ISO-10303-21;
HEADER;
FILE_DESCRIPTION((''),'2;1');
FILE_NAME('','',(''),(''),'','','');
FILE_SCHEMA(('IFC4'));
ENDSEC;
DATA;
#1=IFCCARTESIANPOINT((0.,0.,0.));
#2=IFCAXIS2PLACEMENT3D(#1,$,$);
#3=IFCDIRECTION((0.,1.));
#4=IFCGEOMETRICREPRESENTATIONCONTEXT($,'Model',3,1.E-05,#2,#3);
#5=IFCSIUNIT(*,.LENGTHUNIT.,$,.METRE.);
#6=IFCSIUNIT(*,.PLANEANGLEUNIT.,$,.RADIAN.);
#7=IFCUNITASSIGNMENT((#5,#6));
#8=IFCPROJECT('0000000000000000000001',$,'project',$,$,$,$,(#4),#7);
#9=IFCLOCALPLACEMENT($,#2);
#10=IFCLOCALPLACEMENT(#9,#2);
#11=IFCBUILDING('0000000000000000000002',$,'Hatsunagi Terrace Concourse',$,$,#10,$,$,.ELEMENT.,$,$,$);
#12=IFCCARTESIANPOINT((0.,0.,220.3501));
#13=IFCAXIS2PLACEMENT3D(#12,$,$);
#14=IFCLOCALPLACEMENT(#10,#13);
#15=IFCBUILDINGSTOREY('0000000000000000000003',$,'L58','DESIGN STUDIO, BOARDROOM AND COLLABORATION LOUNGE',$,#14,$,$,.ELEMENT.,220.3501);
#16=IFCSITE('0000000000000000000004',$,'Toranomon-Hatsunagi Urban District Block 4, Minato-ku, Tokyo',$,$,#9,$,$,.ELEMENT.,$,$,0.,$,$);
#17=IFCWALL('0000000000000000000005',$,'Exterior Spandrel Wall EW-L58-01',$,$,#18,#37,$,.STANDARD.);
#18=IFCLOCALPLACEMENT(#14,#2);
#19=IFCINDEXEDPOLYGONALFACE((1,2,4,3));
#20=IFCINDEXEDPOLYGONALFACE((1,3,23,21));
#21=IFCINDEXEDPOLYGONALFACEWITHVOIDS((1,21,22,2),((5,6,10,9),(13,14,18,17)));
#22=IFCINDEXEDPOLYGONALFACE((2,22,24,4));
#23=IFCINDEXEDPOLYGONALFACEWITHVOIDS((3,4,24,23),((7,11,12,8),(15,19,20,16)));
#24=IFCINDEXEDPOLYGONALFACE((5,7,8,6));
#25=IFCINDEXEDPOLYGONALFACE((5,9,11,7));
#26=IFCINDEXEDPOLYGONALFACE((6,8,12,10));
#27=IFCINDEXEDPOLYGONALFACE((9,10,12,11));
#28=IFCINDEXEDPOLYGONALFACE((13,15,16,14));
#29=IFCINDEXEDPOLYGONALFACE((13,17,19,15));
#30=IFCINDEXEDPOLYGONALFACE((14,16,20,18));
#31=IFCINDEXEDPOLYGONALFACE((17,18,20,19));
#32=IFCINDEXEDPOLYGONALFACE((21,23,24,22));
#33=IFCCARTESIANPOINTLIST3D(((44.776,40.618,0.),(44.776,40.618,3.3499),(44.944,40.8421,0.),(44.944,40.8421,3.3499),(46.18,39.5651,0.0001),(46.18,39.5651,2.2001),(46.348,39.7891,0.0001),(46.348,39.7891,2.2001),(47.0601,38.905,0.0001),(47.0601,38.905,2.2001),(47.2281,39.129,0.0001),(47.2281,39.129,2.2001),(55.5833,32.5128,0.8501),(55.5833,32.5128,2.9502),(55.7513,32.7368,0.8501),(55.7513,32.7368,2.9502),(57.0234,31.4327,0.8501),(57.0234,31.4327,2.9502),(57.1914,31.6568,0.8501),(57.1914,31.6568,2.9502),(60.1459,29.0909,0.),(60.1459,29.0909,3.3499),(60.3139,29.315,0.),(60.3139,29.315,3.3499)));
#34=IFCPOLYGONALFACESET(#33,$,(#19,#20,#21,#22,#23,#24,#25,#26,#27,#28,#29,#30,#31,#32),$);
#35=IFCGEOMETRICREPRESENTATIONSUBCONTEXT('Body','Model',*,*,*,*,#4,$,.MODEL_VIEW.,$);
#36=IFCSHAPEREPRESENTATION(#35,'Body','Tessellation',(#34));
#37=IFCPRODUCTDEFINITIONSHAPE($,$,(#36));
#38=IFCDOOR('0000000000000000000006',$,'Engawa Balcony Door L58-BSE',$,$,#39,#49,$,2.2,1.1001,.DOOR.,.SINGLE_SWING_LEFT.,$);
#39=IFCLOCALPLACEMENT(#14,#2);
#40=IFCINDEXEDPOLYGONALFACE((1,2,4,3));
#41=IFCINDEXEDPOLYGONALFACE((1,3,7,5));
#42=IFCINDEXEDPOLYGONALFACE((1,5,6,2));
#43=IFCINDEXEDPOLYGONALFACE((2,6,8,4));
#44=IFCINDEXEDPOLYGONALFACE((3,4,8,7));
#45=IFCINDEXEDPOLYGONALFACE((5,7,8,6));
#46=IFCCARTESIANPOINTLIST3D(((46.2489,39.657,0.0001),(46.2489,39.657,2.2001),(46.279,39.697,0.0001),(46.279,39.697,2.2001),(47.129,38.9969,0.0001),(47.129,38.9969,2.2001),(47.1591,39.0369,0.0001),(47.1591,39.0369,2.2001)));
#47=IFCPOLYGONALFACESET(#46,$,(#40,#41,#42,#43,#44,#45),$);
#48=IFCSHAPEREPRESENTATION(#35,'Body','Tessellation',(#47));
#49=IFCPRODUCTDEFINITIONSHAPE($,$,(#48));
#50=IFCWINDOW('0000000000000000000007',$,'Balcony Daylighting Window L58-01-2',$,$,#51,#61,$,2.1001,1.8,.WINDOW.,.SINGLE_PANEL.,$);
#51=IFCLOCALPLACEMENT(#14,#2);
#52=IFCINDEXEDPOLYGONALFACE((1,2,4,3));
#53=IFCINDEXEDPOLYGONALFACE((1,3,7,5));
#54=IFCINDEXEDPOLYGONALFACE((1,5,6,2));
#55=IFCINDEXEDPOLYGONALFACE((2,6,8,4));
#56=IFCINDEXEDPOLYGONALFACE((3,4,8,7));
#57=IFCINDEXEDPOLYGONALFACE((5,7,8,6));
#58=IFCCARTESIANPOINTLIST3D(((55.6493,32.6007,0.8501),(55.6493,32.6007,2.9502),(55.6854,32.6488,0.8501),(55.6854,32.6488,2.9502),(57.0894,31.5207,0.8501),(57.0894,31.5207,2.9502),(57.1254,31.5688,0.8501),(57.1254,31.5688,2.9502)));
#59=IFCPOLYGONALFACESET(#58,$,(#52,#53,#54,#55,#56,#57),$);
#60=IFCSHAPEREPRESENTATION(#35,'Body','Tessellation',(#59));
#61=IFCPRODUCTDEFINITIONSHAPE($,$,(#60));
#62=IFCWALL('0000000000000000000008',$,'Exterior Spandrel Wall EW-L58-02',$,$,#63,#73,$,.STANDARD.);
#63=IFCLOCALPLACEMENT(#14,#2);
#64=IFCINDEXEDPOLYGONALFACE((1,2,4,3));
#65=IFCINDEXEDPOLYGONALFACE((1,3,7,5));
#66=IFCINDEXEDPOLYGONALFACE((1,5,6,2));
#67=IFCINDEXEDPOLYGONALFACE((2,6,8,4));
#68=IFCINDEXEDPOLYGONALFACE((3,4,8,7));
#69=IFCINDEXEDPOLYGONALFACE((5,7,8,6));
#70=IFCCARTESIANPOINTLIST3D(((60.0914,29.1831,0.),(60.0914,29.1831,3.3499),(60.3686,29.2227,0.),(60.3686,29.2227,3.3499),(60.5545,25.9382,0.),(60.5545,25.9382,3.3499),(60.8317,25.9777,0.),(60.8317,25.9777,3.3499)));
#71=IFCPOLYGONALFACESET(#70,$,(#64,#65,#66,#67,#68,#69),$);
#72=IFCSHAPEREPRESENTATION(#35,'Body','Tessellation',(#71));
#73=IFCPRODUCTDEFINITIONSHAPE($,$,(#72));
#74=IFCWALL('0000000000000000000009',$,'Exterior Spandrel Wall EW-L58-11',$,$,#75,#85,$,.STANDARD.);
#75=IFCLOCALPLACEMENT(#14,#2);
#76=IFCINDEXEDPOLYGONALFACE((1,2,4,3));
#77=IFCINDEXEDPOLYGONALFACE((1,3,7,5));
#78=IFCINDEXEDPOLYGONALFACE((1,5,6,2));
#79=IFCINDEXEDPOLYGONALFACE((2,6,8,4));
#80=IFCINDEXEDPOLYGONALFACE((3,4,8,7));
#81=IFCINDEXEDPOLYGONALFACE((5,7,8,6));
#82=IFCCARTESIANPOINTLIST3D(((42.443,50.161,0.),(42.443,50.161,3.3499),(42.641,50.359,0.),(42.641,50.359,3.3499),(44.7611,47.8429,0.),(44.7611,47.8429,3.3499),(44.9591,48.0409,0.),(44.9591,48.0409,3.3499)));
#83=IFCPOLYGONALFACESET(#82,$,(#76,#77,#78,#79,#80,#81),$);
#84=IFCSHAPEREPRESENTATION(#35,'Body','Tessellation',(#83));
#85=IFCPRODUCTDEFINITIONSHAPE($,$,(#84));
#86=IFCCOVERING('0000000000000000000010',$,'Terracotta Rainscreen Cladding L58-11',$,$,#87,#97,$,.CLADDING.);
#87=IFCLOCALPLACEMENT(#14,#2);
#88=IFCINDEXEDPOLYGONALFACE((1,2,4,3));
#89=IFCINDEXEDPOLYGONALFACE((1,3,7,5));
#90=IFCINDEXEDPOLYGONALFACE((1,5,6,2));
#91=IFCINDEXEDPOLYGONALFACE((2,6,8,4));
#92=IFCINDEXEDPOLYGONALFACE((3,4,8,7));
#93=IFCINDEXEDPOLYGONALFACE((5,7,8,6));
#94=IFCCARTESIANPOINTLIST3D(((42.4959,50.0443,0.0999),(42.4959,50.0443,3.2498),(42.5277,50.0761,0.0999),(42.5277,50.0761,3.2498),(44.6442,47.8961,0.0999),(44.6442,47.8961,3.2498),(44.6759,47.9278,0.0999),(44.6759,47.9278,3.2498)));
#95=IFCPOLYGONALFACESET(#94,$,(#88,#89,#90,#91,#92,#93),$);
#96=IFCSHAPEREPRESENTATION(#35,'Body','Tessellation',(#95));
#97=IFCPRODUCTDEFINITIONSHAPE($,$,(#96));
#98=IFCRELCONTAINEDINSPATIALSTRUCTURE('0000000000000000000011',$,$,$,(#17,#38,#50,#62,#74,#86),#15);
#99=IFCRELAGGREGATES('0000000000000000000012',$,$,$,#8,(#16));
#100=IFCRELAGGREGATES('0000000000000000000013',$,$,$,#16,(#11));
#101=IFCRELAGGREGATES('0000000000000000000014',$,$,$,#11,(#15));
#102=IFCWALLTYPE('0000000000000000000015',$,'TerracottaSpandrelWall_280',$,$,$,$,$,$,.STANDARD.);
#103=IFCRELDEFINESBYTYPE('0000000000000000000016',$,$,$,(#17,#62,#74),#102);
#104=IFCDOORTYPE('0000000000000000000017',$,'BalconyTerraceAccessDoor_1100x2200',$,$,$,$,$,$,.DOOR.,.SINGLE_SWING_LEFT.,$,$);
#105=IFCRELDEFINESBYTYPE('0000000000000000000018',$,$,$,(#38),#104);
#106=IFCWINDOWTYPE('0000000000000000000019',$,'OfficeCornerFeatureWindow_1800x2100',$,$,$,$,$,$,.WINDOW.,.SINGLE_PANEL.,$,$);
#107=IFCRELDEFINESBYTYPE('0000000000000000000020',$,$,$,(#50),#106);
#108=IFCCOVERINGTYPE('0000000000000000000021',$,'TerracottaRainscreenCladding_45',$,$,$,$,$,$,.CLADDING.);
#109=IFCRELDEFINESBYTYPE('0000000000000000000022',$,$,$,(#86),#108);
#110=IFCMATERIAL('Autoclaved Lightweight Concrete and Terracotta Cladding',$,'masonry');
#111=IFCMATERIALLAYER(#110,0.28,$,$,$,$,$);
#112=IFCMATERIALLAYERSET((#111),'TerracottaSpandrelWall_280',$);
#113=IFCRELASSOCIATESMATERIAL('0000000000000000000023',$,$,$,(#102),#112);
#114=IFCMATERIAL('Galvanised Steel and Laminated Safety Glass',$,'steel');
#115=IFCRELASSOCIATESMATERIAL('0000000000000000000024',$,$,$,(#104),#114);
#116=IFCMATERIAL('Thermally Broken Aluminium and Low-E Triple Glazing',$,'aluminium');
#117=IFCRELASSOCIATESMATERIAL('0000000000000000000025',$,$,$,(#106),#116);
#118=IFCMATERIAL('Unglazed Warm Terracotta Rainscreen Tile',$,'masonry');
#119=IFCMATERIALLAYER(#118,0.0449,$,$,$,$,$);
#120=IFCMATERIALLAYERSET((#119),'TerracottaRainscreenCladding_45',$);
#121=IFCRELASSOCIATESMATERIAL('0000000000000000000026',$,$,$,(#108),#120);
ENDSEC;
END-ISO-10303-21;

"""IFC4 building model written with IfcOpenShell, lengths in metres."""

from ifc_helpers import new_model, si_unit, direction, frame, frame_2d, origin, origin_2d, place, context, subcontext, project, spatial, rectangle, extrude, material, layer, layer_set, type_object, element, fill, save


model = new_model("IFC4")

# Units and contexts
model_context = context("Model", 3, precision=1e-05, world=origin(), true_north=direction((0.0, 1.0)))
body_context = subcontext(model_context, "Body", "Model", "MODEL_VIEW")
ifc_project = project(units=[si_unit("LENGTHUNIT", "METRE"), si_unit("PLANEANGLEUNIT", "RADIAN")], contexts=[model_context])

# Site, building, storey
site_placement = place(None, origin())
site = spatial("IfcSite", under=ifc_project, at=site_placement, Name="Toranomon-Hatsunagi Urban District Block 4, Minato-ku, Tokyo", CompositionType="ELEMENT", RefElevation=0.0)
building_placement = place(site_placement, origin())
building = spatial("IfcBuilding", under=site, at=building_placement, Name="Hatsunagi Terrace Concourse", CompositionType="ELEMENT")
storey_placement = place(building_placement, frame((0.0, 0.0, 220.3501)))
storey = spatial("IfcBuildingStorey", under=building, at=storey_placement, Name="L58", Description="DESIGN STUDIO, BOARDROOM AND COLLABORATION LOUNGE", CompositionType="ELEMENT", Elevation=220.3501)

# Wall, openings, door, window
ifc_material_1 = material(Name="Autoclaved Lightweight Concrete and Terracotta Cladding", Category="masonry")
ifc_layer_1 = layer(ifc_material_1, 0.28)
ifc_layer_set_1 = layer_set([ifc_layer_1], Name="TerracottaSpandrelWall_280")
wall_type_1 = type_object("IfcWallType", Name="TerracottaSpandrelWall_280", PredefinedType="STANDARD", material=ifc_layer_set_1)
wall_1_placement = place(storey_placement, frame((44.8601, 40.73, 0.0), z_axis=(0.0, 0.0, 1.0), x_axis=(0.800008, -0.59999, 0.0)))
wall_1 = element("IfcWall", 1, at=wall_1_placement, inside=storey, type_object=wall_type_1, Name="Exterior Spandrel Wall EW-L58-01", PredefinedType="STANDARD", context=body_context, shape_type="SweptSolid", body=[
    extrude(rectangle(XDim=19.2122, YDim=0.28, at=frame_2d((9.606, 0.0))), origin(), (0.0, 0.0, 1.0), 3.3499),
])
opening_1_placement = place(wall_1_placement, frame((1.7549, 0.0, 0.0)))
opening_1 = element("IfcOpeningElement", 2, at=opening_1_placement, cuts=wall_1, PredefinedType="OPENING", context=body_context, shape_type="SweptSolid", body=[
    extrude(rectangle(XDim=1.1001, YDim=2.2, at=frame_2d((0.55, 1.1001))), frame((0.0, 0.1499, 0.0), z_axis=(0.0, -1.0, 0.0), x_axis=(1.0, 0.0, 0.0)), (0.0, 0.0, 1.0), 0.3),
])
opening_2_placement = place(wall_1_placement, frame((13.509, 0.0, 0.8501)))
opening_2 = element("IfcOpeningElement", 3, at=opening_2_placement, cuts=wall_1, PredefinedType="OPENING", context=body_context, shape_type="SweptSolid", body=[
    extrude(rectangle(XDim=1.8, YDim=2.1001, at=frame_2d((0.8999, 1.05))), frame((0.0, 0.1499, 0.0), z_axis=(0.0, -1.0, 0.0), x_axis=(1.0, 0.0, 0.0)), (0.0, 0.0, 1.0), 0.3),
])
ifc_material_2 = material(Name="Galvanised Steel and Laminated Safety Glass", Category="steel")
door_type = type_object("IfcDoorType", Name="BalconyTerraceAccessDoor_1100x2200", OperationType="SINGLE_SWING_LEFT", PredefinedType="DOOR", material=ifc_material_2)
door_placement = place(opening_1_placement, origin())
door = element("IfcDoor", 4, at=door_placement, inside=storey, type_object=door_type, Name="Engawa Balcony Door L58-BSE", OperationType="SINGLE_SWING_LEFT", OverallHeight=2.2, OverallWidth=1.1001, PredefinedType="DOOR", context=body_context, shape_type="SweptSolid", body=[
    extrude(rectangle(XDim=1.1001, YDim=2.2, at=frame_2d((0.55, 1.1001))), frame((0.0, 0.0249, 0.0), z_axis=(0.0, -1.0, 0.0), x_axis=(1.0, 0.0, 0.0)), (0.0, 0.0, 1.0), 0.05),
])
fill(opening_1, door)
ifc_material_3 = material(Name="Thermally Broken Aluminium and Low-E Triple Glazing", Category="aluminium")
window_type = type_object("IfcWindowType", Name="OfficeCornerFeatureWindow_1800x2100", PartitioningType="SINGLE_PANEL", PredefinedType="WINDOW", material=ifc_material_3)
window_placement = place(opening_2_placement, origin())
window = element("IfcWindow", 5, at=window_placement, inside=storey, type_object=window_type, Name="Balcony Daylighting Window L58-01-2", OverallHeight=2.1001, OverallWidth=1.8, PartitioningType="SINGLE_PANEL", PredefinedType="WINDOW", context=body_context, shape_type="SweptSolid", body=[
    extrude(rectangle(XDim=1.8, YDim=2.1001, at=frame_2d((0.8999, 1.05))), frame((0.0, 0.03, 0.0), z_axis=(0.0, -1.0, 0.0), x_axis=(1.0, 0.0, 0.0)), (0.0, 0.0, 1.0), 0.0601),
])
fill(opening_2, window)

# Walls
wall_2_placement = place(storey_placement, frame((60.23, 29.2029, 0.0), z_axis=(0.0, 0.0, 1.0), x_axis=(0.141296, -0.989967, 0.0)))
element("IfcWall", 6, at=wall_2_placement, inside=storey, type_object=wall_type_1, Name="Exterior Spandrel Wall EW-L58-02", PredefinedType="STANDARD", context=body_context, shape_type="SweptSolid", body=[
    extrude(rectangle(XDim=3.2778, YDim=0.28, at=frame_2d((1.6389, 0.0))), origin(), (0.0, 0.0, 1.0), 3.3499),
])
wall_3_placement = place(storey_placement, frame((42.542, 50.26, 0.0), z_axis=(0.0, 0.0, 1.0), x_axis=(0.707107, -0.707107, 0.0)))
element("IfcWall", 7, at=wall_3_placement, inside=storey, type_object=wall_type_1, Name="Exterior Spandrel Wall EW-L58-11", PredefinedType="STANDARD", context=body_context, shape_type="SweptSolid", body=[
    extrude(rectangle(XDim=3.2783, YDim=0.28, at=frame_2d((1.6392, 0.0))), origin(), (0.0, 0.0, 1.0), 3.3499),
])

# Covering
ifc_material_4 = material(Name="Unglazed Warm Terracotta Rainscreen Tile", Category="masonry")
ifc_layer_2 = layer(ifc_material_4, 0.0449)
ifc_layer_set_2 = layer_set([ifc_layer_2], Name="TerracottaRainscreenCladding_45")
covering_type = type_object("IfcCoveringType", Name="TerracottaRainscreenCladding_45", PredefinedType="CLADDING", material=ifc_layer_set_2)
covering_placement = place(storey_placement, frame((43.5859, 48.9861, 0.0999), z_axis=(0.0, 0.0, 1.0), x_axis=(0.707107, -0.707107, 0.0)))
element("IfcCovering", 8, at=covering_placement, inside=storey, type_object=covering_type, Name="Terracotta Rainscreen Cladding L58-11", PredefinedType="CLADDING", context=body_context, shape_type="SweptSolid", body=[
    extrude(rectangle(XDim=3.0381, YDim=0.0449, at=origin_2d()), origin(), (0.0, 0.0, 1.0), 3.1499),
])

save(model, "model.ifc")
